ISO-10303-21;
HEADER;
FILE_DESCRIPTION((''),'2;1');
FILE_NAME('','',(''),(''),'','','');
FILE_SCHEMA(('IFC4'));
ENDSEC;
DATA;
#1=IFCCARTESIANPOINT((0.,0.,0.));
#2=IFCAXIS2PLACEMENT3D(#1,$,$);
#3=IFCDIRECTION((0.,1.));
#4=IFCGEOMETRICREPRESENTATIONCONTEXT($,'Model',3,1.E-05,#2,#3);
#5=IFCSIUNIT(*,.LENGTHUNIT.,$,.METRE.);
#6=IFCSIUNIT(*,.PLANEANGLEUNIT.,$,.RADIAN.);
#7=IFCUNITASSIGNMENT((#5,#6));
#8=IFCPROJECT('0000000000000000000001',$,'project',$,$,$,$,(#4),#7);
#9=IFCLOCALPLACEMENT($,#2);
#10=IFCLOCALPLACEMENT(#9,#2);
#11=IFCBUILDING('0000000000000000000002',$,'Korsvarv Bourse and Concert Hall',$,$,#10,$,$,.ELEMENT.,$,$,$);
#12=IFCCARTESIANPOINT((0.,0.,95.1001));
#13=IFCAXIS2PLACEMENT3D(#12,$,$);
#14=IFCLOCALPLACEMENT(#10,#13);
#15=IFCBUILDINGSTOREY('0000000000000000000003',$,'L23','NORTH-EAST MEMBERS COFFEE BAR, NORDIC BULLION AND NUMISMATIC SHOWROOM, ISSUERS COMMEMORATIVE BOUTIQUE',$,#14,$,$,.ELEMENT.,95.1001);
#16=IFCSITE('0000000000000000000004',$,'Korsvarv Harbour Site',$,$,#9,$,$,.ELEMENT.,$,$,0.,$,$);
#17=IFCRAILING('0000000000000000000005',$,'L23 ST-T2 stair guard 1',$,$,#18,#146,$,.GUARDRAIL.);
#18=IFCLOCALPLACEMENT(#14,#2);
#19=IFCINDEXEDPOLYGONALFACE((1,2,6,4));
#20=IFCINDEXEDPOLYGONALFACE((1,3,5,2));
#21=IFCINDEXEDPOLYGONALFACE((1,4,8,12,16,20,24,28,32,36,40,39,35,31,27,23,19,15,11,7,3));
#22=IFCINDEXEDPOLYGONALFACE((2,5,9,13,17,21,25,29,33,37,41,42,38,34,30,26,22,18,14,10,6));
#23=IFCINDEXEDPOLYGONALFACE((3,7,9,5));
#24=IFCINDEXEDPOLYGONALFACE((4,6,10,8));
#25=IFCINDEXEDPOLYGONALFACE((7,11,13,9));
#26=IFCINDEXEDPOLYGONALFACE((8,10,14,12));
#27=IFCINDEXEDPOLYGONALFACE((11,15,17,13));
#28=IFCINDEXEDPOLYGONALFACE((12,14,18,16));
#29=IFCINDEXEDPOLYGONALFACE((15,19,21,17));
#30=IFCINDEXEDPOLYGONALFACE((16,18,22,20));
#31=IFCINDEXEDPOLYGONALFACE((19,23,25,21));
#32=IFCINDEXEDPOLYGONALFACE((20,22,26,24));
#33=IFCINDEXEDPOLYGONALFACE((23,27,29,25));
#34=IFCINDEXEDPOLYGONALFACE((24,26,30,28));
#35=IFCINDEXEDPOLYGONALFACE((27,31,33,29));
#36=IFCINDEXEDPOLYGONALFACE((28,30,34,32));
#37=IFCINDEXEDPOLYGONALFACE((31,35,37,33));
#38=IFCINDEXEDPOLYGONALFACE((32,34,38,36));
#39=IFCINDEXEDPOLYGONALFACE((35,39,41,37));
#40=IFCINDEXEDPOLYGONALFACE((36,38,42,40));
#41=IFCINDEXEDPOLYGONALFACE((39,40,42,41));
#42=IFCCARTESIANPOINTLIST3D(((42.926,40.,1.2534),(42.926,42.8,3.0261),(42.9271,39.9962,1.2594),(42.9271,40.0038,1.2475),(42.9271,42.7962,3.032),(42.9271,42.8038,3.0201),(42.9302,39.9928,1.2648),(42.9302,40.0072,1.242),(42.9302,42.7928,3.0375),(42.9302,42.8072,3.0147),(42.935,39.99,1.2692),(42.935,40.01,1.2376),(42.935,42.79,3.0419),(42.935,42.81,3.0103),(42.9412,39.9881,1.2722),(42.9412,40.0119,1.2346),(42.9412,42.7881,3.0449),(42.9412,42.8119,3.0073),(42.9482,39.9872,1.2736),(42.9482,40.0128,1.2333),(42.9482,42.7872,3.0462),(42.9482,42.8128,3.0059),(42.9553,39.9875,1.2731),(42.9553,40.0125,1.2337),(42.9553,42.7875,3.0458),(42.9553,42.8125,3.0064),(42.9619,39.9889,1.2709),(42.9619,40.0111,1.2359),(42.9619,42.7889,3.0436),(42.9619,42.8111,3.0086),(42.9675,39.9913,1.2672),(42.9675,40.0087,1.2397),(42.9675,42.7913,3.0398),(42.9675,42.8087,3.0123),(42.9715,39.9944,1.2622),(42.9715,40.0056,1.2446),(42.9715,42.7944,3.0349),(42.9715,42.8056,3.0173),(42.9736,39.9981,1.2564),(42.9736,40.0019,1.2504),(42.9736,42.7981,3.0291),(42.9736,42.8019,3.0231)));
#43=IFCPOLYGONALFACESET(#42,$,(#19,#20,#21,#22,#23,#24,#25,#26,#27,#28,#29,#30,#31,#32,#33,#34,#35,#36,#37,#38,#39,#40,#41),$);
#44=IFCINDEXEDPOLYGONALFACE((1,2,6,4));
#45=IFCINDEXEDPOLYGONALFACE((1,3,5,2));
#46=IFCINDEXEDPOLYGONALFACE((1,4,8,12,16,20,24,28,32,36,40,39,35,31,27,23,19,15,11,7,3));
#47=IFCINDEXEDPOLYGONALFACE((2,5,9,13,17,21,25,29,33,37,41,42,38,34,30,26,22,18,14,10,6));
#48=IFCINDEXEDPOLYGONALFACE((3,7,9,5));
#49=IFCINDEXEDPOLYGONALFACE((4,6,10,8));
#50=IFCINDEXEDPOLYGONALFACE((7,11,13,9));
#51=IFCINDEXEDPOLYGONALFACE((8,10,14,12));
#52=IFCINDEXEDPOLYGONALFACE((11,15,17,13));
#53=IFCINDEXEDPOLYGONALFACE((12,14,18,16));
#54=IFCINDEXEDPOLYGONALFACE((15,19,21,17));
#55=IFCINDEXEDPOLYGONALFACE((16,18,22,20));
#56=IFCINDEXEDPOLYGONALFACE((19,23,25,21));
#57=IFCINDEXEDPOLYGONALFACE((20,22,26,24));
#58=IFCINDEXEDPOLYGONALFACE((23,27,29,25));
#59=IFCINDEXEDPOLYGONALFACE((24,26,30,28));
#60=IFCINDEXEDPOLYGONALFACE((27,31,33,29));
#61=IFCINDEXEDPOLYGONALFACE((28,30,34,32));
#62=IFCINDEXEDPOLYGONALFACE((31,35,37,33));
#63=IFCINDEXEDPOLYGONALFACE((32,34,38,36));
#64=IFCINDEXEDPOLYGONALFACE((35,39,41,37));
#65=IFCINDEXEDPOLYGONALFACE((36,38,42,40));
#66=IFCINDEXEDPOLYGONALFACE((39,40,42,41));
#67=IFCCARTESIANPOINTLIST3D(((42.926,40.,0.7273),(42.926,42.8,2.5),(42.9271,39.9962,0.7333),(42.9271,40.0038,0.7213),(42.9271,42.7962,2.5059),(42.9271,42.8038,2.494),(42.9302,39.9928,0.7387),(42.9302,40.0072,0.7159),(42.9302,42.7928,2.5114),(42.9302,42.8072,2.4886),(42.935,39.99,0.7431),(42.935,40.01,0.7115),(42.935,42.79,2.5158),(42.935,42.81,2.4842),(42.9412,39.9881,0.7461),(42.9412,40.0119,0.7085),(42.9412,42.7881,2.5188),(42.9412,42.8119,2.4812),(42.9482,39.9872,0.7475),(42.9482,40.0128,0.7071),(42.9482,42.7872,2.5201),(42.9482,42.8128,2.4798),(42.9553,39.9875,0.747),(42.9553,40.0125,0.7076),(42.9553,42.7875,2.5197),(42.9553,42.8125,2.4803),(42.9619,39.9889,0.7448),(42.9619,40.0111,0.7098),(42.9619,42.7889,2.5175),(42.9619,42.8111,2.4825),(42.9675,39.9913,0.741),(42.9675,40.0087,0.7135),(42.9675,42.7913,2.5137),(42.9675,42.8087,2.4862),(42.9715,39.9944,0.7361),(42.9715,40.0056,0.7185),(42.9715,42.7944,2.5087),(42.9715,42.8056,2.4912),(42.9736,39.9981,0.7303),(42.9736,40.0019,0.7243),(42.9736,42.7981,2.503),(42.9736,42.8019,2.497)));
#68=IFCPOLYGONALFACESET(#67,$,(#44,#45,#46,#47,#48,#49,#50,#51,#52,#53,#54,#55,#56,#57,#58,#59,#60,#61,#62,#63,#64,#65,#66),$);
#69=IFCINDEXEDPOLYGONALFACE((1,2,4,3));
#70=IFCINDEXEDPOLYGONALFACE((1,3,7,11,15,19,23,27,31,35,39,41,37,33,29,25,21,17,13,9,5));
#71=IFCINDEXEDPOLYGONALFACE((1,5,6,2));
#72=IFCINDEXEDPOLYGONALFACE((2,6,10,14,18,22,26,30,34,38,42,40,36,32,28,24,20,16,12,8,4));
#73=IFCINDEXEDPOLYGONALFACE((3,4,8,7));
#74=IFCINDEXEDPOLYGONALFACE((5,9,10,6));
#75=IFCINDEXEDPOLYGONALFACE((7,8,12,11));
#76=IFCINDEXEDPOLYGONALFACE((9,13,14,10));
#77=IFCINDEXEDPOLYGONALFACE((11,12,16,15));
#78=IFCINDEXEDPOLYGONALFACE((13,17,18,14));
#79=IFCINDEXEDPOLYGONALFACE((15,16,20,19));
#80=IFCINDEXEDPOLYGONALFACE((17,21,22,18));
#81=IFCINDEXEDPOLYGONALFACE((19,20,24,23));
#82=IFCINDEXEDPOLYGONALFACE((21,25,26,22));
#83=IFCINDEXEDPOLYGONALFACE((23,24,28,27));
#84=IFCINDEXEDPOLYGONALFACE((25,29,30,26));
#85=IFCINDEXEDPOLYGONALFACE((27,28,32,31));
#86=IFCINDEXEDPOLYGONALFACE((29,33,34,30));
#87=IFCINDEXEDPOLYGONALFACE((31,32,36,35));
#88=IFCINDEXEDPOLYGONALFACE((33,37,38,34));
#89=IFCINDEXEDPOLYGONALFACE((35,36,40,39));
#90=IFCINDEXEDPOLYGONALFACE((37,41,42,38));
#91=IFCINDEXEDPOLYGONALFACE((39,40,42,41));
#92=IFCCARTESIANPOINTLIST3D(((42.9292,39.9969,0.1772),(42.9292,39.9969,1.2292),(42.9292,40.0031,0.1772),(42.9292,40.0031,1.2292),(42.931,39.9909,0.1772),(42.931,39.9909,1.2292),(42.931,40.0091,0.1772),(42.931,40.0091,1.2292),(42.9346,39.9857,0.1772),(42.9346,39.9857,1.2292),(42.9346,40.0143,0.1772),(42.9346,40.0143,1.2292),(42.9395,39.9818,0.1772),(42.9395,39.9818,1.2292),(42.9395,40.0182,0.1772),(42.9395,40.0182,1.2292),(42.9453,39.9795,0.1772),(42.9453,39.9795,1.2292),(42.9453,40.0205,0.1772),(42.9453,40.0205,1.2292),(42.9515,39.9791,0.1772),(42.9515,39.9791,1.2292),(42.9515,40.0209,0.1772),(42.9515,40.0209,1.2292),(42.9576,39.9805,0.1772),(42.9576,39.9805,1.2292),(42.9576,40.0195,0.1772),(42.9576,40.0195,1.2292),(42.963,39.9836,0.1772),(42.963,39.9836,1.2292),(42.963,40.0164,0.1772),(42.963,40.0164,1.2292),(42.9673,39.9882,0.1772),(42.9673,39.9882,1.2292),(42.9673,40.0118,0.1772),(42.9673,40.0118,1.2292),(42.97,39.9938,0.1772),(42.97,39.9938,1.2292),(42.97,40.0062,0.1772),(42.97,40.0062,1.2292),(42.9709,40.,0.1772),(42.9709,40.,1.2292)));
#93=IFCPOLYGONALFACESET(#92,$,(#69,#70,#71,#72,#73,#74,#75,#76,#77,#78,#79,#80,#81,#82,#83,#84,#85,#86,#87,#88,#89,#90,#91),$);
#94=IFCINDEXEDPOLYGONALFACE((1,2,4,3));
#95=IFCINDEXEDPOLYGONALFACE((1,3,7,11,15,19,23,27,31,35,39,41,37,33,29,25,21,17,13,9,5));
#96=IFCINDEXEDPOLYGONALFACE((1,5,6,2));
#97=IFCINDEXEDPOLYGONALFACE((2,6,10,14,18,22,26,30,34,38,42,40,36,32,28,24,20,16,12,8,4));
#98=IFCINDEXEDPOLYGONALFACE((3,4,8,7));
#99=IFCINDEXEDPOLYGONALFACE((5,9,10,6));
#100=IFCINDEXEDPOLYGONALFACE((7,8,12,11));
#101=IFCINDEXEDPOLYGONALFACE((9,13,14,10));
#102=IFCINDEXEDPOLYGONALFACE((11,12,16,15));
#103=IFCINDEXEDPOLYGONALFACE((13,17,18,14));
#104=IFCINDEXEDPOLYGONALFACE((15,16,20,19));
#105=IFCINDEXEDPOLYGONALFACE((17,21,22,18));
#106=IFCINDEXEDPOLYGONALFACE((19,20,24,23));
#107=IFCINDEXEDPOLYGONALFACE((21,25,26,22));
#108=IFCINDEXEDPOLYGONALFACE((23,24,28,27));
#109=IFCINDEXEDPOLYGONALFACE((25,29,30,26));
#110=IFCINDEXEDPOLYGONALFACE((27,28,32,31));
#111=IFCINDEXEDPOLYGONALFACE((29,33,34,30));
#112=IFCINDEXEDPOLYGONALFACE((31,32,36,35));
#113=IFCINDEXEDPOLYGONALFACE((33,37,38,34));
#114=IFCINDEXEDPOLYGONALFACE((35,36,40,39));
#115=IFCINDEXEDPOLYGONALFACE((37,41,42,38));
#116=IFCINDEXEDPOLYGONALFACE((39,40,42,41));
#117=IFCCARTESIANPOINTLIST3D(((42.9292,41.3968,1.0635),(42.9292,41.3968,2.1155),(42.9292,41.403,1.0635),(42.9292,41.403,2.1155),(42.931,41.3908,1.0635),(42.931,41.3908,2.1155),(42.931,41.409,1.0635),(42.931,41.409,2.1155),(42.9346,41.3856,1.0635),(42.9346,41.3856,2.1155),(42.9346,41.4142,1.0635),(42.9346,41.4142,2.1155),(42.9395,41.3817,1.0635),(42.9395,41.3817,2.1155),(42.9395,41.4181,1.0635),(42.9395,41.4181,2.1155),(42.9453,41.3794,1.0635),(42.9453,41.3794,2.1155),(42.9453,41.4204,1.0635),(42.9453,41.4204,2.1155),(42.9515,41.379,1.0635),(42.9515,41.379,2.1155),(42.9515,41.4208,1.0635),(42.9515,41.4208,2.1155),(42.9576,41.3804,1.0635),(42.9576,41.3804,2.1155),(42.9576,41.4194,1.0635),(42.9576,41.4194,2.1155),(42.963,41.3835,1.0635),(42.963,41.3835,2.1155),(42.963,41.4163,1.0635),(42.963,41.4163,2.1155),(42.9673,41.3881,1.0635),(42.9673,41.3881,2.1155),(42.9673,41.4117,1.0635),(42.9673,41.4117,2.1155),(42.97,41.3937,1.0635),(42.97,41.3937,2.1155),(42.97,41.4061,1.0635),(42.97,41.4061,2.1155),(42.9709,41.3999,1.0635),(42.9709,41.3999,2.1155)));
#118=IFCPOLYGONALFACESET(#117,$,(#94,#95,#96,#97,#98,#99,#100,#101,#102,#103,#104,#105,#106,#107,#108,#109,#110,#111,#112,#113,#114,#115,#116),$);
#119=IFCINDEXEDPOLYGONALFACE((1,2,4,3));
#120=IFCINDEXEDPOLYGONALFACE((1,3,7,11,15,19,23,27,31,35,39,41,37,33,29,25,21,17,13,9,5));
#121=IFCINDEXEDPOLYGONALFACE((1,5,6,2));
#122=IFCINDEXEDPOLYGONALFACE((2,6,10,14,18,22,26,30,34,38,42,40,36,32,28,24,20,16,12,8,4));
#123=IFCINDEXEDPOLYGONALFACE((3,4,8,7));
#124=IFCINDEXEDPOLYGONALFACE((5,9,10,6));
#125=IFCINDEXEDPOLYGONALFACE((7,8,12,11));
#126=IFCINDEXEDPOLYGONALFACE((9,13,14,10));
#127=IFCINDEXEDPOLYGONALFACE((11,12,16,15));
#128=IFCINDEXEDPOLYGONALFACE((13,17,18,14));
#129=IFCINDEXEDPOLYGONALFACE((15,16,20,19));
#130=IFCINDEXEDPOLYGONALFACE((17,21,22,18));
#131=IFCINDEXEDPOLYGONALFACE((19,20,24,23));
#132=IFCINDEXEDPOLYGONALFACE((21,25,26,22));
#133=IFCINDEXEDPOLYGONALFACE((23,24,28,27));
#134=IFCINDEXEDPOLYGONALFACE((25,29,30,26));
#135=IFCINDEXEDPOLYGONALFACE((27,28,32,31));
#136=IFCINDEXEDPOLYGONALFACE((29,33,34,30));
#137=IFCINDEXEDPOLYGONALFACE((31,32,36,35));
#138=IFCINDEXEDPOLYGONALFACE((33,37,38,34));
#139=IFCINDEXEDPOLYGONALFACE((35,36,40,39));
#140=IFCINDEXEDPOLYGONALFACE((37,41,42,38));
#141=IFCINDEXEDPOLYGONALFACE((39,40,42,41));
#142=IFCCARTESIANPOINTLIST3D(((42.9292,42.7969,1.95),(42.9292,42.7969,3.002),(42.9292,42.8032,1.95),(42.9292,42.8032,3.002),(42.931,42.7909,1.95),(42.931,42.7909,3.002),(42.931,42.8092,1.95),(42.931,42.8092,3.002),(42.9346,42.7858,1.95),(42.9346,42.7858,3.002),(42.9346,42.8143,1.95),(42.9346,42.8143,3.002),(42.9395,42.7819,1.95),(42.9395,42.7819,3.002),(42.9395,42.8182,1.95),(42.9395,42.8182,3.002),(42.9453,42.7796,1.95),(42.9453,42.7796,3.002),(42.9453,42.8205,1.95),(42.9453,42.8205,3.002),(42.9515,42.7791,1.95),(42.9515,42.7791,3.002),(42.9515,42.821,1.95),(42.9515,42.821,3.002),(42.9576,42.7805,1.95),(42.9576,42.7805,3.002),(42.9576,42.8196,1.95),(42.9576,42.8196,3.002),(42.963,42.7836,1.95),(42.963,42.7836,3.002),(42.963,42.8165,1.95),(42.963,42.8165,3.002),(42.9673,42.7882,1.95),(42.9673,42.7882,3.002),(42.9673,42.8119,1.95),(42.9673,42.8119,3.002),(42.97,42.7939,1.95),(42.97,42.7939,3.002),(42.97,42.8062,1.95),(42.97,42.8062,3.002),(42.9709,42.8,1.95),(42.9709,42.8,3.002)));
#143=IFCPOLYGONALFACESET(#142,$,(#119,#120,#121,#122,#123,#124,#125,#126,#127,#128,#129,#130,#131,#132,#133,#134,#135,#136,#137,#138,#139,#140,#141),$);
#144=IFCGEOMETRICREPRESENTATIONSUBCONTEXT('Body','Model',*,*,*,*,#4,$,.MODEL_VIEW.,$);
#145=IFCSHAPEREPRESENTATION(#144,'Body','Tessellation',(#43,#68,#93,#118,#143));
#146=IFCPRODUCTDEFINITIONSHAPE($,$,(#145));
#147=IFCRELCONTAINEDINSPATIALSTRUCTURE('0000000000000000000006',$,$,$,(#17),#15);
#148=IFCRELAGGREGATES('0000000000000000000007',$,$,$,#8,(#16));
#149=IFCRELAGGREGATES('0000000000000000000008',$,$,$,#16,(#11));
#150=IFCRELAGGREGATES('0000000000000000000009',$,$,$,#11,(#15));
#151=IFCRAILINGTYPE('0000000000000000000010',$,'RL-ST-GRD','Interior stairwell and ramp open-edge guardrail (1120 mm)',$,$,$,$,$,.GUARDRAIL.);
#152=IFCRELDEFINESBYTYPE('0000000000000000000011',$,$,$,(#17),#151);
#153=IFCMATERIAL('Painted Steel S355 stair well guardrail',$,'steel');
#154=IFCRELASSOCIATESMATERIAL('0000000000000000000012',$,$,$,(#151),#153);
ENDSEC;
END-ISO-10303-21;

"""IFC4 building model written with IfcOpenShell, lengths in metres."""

from ifc_helpers import new_model, si_unit, direction, frame, origin, origin_2d, place, context, subcontext, project, spatial, circle, extrude, material, type_object, element, save


model = new_model("IFC4")

# Units and contexts
model_context = context("Model", 3, precision=1e-05, world=origin(), true_north=direction((0.0, 1.0)))
body_context = subcontext(model_context, "Body", "Model", "MODEL_VIEW")
ifc_project = project(units=[si_unit("LENGTHUNIT", "METRE"), si_unit("PLANEANGLEUNIT", "RADIAN")], contexts=[model_context])

# Site, building, storey
site_placement = place(None, origin())
site = spatial("IfcSite", under=ifc_project, at=site_placement, Name="Korsvarv Harbour Site", CompositionType="ELEMENT", RefElevation=0.0)
building_placement = place(site_placement, origin())
building = spatial("IfcBuilding", under=site, at=building_placement, Name="Korsvarv Bourse and Concert Hall", CompositionType="ELEMENT")
storey_placement = place(building_placement, frame((0.0, 0.0, 95.1001)))
storey = spatial("IfcBuildingStorey", under=building, at=storey_placement, Name="L23", Description="NORTH-EAST MEMBERS COFFEE BAR, NORDIC BULLION AND NUMISMATIC SHOWROOM, ISSUERS COMMEMORATIVE BOUTIQUE", CompositionType="ELEMENT", Elevation=95.1001)

# Railing
ifc_material_1 = material(Name="Painted Steel S355 stair well guardrail", Category="steel")
railing_type_1 = type_object("IfcRailingType", Name="RL-ST-GRD", Description="Interior stairwell and ramp open-edge guardrail (1120 mm)", PredefinedType="GUARDRAIL", material=ifc_material_1)
railing_1_placement = place(storey_placement, frame((42.95, 40.0, 0.1772)))
element("IfcRailing", 1, at=railing_1_placement, inside=storey, type_object=railing_type_1, Name="L23 ST-T2 stair guard 1", PredefinedType="GUARDRAIL", context=body_context, shape_type="SweptSolid", body=[
    extrude(circle(Radius=0.0239, at=origin_2d()), frame((0.0, 0.0, 1.0762), z_axis=(0.0, 0.844909, 0.53491), x_axis=(-1.0, 0.0, 0.0)), (0.0, 0.0, 1.0), 3.314),
    extrude(circle(Radius=0.0239, at=origin_2d()), frame((0.0, 0.0, 0.55), z_axis=(0.0, 0.844909, 0.53491), x_axis=(-1.0, 0.0, 0.0)), (0.0, 0.0, 1.0), 3.314),
    extrude(circle(Radius=0.021, at=origin_2d()), origin(), (0.0, 0.0, 1.0), 1.052),
    extrude(circle(Radius=0.021, at=origin_2d()), frame((0.0, 1.3999, 0.8862)), (0.0, 0.0, 1.0), 1.052),
    extrude(circle(Radius=0.021, at=origin_2d()), frame((0.0, 2.8, 1.7727)), (0.0, 0.0, 1.0), 1.052),
])

save(model, "model.ifc")
